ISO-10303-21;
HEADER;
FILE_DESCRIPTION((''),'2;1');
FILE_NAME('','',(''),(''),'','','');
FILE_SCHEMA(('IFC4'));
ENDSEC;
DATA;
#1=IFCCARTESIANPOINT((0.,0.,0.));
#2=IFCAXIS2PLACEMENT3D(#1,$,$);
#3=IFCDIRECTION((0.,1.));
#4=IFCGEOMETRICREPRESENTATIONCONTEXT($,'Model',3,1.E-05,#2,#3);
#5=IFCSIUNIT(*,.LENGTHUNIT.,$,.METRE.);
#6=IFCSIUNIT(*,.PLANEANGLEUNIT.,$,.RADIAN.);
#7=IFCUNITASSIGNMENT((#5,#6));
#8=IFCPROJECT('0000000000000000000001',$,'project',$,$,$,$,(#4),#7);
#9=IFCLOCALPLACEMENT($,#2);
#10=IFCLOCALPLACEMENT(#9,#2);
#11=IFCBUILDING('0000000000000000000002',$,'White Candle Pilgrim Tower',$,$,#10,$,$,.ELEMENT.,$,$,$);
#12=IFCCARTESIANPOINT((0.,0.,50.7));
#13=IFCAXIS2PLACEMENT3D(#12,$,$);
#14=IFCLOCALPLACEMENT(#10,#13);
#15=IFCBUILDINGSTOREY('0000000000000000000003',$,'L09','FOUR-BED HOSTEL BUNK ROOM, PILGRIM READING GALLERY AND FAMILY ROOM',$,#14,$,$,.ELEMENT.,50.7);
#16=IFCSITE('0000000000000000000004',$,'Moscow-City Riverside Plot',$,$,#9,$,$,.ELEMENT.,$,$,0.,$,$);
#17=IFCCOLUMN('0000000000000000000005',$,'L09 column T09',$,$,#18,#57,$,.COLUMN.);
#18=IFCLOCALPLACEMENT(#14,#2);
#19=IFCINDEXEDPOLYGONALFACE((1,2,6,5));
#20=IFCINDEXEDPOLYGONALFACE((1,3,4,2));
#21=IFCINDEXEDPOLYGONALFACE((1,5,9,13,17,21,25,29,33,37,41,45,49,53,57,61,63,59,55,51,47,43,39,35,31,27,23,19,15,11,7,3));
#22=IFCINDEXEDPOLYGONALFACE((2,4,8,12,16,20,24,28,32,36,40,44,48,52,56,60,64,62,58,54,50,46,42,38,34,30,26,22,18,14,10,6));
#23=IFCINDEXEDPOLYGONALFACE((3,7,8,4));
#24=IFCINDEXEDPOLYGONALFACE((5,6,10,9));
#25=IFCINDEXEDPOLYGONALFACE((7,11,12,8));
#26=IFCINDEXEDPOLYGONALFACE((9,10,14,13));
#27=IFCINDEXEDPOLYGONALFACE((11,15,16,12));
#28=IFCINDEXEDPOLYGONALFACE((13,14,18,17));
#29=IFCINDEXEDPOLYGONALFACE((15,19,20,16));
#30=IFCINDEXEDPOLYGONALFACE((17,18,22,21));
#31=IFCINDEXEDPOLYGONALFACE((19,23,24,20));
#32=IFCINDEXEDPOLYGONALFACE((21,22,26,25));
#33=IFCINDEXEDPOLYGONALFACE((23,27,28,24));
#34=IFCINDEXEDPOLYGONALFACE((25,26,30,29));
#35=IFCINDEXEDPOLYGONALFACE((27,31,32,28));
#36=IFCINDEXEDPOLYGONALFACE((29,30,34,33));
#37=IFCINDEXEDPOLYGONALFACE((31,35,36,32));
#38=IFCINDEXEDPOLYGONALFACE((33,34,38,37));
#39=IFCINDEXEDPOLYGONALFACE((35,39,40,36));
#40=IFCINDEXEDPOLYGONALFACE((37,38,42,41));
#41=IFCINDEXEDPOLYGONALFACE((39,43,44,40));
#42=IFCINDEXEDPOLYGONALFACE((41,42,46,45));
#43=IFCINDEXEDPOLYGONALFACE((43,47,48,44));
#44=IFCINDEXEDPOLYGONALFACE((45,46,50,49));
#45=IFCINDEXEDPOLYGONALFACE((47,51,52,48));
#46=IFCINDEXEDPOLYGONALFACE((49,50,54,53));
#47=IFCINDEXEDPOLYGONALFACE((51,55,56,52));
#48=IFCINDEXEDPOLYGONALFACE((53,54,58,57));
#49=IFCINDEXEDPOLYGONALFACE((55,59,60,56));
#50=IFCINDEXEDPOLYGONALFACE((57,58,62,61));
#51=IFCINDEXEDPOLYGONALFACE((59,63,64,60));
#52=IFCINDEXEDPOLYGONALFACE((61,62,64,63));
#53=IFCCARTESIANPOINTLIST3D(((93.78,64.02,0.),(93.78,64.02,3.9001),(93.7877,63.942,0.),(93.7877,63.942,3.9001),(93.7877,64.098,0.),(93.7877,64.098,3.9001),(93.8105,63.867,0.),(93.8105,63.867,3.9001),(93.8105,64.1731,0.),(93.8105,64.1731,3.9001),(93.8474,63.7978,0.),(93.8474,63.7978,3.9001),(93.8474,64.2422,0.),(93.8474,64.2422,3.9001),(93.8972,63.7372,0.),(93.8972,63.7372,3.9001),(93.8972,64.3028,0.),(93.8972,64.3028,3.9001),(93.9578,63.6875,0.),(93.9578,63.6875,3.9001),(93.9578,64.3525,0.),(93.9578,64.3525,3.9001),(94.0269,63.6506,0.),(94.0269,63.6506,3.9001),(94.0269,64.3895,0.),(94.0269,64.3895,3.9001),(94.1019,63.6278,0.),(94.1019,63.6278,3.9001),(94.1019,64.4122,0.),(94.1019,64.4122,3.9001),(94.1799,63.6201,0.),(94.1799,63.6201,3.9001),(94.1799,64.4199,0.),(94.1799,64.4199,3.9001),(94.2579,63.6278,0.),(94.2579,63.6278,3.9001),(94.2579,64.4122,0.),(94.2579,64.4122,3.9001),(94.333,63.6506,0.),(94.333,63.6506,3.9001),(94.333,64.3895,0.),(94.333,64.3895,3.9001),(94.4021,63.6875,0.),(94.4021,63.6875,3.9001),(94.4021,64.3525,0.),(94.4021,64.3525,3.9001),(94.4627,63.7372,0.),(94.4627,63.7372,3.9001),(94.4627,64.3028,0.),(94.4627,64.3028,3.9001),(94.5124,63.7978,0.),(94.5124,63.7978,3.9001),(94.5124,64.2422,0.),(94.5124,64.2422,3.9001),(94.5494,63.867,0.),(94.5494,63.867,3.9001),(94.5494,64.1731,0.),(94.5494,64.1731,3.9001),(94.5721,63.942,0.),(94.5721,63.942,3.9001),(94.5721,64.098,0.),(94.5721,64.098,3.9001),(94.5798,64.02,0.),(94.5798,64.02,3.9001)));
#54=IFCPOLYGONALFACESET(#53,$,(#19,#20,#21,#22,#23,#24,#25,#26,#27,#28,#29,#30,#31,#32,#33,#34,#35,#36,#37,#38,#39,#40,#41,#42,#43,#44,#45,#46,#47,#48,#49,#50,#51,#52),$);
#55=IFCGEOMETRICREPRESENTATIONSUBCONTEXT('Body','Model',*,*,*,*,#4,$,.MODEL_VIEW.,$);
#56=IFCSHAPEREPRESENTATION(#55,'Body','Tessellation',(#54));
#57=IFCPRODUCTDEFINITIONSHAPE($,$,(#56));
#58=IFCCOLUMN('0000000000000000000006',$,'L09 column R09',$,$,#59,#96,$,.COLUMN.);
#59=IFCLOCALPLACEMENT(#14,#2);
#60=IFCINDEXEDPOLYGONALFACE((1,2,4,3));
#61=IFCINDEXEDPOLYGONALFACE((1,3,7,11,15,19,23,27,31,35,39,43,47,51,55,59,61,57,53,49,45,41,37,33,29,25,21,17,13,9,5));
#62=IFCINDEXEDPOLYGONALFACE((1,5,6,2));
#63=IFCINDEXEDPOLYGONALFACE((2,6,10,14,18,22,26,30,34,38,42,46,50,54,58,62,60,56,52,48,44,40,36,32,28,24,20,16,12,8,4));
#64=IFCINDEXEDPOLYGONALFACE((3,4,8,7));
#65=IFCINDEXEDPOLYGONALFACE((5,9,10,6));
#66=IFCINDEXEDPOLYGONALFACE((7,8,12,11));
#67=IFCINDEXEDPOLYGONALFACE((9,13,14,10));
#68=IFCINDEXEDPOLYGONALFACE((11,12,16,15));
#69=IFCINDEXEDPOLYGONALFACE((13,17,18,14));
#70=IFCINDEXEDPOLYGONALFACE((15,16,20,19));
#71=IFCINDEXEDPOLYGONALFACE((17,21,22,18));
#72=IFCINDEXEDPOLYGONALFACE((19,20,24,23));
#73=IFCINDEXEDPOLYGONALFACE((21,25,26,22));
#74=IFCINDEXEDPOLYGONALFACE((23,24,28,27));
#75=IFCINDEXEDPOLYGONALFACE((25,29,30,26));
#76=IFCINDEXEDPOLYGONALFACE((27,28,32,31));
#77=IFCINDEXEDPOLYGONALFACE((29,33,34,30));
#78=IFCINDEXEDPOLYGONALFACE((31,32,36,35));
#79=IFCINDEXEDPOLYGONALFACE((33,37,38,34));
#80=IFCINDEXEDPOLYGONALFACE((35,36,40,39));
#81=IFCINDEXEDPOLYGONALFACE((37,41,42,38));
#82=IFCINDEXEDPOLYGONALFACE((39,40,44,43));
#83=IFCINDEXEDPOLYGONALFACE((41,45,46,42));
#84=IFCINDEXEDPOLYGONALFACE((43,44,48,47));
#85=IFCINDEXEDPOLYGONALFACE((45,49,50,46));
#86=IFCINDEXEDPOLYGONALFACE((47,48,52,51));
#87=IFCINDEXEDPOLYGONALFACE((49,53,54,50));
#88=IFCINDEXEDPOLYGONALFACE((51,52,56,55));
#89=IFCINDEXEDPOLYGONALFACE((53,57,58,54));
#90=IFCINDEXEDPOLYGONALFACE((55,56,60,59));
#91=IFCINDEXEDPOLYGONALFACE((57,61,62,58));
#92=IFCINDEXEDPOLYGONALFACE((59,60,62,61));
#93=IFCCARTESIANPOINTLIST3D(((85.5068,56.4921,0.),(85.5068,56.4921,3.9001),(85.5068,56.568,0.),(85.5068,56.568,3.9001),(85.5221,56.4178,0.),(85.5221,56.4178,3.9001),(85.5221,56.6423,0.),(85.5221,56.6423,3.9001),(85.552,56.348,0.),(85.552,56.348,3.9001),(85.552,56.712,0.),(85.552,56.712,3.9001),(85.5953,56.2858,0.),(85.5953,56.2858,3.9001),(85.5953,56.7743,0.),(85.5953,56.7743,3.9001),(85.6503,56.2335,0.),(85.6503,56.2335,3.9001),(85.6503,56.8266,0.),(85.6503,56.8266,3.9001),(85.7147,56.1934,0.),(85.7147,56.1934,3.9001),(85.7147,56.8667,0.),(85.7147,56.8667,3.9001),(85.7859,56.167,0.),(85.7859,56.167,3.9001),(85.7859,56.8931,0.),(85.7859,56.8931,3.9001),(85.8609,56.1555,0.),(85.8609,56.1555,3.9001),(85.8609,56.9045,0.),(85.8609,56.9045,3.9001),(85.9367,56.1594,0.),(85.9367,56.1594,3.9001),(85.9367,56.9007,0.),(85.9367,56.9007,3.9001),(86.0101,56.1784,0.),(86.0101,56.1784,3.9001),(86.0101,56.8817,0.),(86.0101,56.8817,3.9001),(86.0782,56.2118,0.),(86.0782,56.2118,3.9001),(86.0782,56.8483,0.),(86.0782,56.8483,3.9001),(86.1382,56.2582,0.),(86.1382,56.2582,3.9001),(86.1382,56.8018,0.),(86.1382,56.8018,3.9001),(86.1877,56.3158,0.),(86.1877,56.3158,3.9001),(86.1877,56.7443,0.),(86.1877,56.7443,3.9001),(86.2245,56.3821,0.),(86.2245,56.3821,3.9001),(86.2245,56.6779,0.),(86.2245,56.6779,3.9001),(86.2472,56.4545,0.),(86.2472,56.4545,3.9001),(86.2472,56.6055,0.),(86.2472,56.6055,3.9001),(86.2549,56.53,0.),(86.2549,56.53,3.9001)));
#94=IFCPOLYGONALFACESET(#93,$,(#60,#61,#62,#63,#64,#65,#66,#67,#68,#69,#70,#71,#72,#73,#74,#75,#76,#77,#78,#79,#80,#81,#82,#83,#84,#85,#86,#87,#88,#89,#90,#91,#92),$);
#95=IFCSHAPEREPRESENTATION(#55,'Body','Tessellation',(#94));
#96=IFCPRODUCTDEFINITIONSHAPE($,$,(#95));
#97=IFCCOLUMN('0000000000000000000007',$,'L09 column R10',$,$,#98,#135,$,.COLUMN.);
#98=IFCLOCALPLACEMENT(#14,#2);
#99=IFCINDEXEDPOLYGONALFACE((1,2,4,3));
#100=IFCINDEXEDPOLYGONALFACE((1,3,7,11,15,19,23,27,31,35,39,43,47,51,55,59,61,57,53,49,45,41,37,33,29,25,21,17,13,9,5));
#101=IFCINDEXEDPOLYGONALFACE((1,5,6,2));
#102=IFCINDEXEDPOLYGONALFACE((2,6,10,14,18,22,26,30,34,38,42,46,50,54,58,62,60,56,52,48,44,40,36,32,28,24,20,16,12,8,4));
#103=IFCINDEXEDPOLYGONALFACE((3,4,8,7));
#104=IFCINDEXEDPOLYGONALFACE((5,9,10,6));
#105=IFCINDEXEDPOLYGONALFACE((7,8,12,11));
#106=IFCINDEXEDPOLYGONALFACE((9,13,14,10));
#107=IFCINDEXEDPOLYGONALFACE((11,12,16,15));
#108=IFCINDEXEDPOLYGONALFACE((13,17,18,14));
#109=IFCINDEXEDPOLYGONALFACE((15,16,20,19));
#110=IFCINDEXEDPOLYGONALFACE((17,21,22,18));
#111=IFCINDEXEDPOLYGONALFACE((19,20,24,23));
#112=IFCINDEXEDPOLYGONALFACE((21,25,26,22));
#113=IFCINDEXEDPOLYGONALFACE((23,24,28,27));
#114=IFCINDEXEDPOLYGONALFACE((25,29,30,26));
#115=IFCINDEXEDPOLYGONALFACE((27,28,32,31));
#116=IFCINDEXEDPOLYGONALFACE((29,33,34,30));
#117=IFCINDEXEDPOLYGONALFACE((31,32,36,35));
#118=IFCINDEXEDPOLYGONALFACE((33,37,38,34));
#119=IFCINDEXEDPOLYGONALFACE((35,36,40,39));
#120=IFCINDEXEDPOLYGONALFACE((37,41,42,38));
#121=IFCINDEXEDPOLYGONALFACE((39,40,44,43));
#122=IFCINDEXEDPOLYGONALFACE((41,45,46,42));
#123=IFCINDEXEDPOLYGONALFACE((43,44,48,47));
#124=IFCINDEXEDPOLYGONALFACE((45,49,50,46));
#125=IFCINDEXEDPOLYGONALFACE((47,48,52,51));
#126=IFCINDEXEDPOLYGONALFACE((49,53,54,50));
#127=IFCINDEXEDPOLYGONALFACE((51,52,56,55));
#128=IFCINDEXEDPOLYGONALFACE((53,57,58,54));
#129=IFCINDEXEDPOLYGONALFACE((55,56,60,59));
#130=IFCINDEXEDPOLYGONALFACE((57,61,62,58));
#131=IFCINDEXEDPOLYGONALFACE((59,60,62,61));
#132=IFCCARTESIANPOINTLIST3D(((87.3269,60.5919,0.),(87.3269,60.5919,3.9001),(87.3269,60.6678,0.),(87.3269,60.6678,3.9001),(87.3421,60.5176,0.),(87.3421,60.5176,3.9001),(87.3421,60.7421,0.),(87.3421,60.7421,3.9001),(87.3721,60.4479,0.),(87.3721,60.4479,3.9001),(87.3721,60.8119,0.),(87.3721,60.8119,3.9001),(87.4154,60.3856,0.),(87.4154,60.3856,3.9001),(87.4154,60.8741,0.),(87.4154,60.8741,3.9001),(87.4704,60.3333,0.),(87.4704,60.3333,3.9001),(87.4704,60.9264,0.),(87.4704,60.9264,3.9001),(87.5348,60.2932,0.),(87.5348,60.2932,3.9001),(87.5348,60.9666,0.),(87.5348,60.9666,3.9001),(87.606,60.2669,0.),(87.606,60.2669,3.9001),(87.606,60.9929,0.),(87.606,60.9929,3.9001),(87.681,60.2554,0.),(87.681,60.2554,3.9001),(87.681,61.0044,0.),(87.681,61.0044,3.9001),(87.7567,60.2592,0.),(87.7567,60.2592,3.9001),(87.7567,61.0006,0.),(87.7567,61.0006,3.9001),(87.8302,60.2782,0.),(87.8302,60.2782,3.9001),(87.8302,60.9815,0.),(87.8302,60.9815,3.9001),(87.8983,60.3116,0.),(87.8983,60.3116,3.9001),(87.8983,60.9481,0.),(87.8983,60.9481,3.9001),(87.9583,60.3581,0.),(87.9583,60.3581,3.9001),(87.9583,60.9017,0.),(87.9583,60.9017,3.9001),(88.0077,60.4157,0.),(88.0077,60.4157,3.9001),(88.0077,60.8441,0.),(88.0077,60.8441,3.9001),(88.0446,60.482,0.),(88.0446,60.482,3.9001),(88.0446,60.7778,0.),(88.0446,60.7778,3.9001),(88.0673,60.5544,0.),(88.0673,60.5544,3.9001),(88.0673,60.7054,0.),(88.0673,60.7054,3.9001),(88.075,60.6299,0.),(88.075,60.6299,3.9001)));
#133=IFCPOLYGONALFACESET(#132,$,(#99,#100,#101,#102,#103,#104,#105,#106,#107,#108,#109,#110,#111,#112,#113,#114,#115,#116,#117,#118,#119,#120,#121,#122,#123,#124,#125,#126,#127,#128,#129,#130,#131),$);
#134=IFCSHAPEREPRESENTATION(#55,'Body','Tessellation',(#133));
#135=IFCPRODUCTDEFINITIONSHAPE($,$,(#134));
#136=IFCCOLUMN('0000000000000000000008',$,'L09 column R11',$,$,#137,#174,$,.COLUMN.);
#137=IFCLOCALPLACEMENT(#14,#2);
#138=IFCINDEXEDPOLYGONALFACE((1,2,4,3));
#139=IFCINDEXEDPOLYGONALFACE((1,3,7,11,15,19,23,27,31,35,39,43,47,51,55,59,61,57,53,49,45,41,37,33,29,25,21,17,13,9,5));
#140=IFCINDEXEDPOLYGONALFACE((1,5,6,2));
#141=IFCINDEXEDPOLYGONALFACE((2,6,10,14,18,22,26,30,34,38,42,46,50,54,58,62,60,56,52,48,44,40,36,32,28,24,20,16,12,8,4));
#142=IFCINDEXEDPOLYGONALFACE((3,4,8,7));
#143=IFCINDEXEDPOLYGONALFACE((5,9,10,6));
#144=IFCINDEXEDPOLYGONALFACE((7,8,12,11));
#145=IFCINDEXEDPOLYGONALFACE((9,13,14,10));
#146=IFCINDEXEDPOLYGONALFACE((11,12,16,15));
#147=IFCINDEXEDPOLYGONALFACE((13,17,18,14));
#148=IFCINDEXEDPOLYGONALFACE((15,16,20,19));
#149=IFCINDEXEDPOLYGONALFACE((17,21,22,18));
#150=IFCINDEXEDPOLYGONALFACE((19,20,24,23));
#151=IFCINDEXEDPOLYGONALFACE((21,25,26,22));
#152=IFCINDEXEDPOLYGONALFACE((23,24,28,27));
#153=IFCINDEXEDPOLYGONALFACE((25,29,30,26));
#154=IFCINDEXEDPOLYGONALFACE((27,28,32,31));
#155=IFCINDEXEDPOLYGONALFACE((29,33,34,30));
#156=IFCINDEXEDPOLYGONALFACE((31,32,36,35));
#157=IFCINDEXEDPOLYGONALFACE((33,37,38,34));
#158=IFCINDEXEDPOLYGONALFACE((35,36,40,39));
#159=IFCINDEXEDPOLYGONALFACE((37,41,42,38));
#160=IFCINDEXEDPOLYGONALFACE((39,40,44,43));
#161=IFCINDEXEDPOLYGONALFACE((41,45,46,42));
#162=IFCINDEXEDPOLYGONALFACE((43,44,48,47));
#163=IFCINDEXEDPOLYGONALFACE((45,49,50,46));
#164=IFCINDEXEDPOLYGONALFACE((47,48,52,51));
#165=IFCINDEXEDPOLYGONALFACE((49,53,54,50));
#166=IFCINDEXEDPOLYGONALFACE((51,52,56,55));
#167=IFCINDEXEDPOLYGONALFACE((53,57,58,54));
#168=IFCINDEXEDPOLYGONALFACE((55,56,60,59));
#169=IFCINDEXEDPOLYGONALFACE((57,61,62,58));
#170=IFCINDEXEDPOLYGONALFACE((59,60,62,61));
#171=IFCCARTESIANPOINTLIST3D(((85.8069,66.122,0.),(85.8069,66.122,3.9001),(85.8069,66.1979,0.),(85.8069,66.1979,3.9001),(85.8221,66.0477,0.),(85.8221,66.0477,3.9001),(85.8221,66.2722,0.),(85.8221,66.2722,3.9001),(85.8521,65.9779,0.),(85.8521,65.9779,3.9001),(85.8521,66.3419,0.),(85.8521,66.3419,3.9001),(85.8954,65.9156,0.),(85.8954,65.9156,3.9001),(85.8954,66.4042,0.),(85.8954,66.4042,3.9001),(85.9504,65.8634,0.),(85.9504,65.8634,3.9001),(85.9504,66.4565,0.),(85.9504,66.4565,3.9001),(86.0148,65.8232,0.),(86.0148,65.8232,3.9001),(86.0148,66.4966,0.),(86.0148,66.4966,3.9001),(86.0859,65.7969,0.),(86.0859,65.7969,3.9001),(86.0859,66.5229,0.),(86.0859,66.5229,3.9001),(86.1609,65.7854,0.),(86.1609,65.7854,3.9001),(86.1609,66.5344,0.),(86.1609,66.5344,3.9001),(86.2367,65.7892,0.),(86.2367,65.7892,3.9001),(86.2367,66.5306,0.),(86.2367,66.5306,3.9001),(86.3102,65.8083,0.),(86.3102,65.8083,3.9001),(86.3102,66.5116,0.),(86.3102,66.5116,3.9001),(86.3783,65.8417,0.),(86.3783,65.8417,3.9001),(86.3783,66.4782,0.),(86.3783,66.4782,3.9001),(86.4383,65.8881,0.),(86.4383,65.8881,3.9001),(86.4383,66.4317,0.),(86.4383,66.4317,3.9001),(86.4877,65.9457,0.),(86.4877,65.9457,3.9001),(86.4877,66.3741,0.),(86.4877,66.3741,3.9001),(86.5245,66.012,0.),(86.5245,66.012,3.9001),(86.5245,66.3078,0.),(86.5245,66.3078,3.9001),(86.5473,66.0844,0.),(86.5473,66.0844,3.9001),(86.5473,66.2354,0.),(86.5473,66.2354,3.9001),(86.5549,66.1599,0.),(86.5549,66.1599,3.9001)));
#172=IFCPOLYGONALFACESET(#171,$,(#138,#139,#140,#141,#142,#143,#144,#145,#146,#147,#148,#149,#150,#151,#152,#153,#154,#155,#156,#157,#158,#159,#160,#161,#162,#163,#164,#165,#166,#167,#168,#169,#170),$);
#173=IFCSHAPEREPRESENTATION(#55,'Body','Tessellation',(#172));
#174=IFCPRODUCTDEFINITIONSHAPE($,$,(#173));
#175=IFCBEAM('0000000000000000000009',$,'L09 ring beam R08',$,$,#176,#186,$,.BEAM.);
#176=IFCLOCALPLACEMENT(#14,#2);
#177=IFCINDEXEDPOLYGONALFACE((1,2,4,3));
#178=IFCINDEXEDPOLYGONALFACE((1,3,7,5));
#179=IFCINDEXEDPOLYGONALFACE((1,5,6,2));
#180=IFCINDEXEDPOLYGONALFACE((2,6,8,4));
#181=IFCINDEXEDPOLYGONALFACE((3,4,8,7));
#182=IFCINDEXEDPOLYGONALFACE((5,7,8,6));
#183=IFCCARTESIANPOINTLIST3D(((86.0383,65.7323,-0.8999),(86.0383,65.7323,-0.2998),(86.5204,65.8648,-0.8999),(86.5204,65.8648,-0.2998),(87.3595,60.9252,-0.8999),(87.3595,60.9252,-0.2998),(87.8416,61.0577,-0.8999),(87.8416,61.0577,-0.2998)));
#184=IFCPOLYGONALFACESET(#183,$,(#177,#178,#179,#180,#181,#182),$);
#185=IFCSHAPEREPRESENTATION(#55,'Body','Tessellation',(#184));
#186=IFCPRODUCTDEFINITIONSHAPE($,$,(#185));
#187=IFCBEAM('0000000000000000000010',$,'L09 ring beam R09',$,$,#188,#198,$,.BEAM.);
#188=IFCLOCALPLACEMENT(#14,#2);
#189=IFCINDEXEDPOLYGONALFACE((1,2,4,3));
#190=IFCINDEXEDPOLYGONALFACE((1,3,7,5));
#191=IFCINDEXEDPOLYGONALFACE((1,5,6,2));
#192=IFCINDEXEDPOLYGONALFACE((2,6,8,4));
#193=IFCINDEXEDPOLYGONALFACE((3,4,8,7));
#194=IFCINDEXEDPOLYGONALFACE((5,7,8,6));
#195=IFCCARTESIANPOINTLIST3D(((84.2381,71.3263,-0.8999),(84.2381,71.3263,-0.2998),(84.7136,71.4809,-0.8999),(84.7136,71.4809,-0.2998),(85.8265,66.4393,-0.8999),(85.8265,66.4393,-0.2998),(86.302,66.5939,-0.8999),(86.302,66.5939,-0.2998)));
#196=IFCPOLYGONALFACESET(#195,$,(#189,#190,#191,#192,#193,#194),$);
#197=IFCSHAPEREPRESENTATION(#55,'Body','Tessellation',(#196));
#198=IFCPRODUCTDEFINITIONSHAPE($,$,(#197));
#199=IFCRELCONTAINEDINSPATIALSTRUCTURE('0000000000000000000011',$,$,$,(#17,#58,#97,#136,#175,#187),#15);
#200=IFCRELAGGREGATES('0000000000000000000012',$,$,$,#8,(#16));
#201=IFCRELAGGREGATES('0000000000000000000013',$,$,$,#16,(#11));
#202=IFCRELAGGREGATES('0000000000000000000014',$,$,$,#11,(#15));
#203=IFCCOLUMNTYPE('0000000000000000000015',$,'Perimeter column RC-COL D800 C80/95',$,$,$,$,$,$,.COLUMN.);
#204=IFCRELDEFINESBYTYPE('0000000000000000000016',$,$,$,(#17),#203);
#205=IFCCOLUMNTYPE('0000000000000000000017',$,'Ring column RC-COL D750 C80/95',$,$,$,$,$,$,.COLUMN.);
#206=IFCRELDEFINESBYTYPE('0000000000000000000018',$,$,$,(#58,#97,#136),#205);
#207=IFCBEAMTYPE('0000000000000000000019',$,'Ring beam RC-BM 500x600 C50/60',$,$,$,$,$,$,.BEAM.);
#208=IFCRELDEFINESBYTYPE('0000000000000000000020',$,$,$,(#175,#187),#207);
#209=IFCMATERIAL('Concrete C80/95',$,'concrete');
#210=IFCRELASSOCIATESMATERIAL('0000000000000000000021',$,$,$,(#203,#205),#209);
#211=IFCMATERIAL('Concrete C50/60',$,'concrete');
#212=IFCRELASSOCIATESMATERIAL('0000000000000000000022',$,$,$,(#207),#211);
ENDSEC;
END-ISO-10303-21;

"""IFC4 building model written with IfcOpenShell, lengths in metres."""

from ifc_helpers import new_model, si_unit, direction, frame, origin, origin_2d, place, context, subcontext, project, spatial, rectangle, circle, extrude, material, material_profile, profile_set, type_object, element, save


model = new_model("IFC4")

# Units and contexts
model_context = context("Model", 3, precision=1e-05, world=origin(), true_north=direction((0.0, 1.0)))
body_context = subcontext(model_context, "Body", "Model", "MODEL_VIEW")
ifc_project = project(units=[si_unit("LENGTHUNIT", "METRE"), si_unit("PLANEANGLEUNIT", "RADIAN")], contexts=[model_context])

# Site, building, storey
site_placement = place(None, origin())
site = spatial("IfcSite", under=ifc_project, at=site_placement, Name="Moscow-City Riverside Plot", CompositionType="ELEMENT", RefElevation=0.0)
building_placement = place(site_placement, origin())
building = spatial("IfcBuilding", under=site, at=building_placement, Name="White Candle Pilgrim Tower", CompositionType="ELEMENT")
storey_placement = place(building_placement, frame((0.0, 0.0, 50.7)))
storey = spatial("IfcBuildingStorey", under=building, at=storey_placement, Name="L09", Description="FOUR-BED HOSTEL BUNK ROOM, PILGRIM READING GALLERY AND FAMILY ROOM", CompositionType="ELEMENT", Elevation=50.7)

# Columns
ifc_material_1 = material(Name="Concrete C80/95", Category="concrete")
ifc_material_profile_1 = material_profile(ifc_material_1, circle(Radius=0.3999, at=origin_2d()), Name="RC-COL D800")
ifc_profile_set_1 = profile_set([ifc_material_profile_1], Name="Concrete C80/95")
column_type_1 = type_object("IfcColumnType", Name="Perimeter column RC-COL D800 C80/95", PredefinedType="COLUMN", material=ifc_profile_set_1)
column_placement = place(storey_placement, frame((94.1799, 64.02, 0.0), z_axis=(0.0, 0.0, 1.0), x_axis=(1.0, 0.0, 0.0)))
element("IfcColumn", 1, at=column_placement, inside=storey, type_object=column_type_1, Name="L09 column T09", PredefinedType="COLUMN", context=body_context, shape_type="SweptSolid", body=[
    extrude(circle(Radius=0.3999, at=origin_2d()), origin(), (0.0, 0.0, 1.0), 3.9001),
])
ifc_material_profile_2 = material_profile(ifc_material_1, circle(Radius=0.375, at=origin_2d()), Name="RC-COL D750")
ifc_profile_set_2 = profile_set([ifc_material_profile_2], Name="Concrete C80/95")
column_type_2 = type_object("IfcColumnType", Name="Ring column RC-COL D750 C80/95", PredefinedType="COLUMN", material=ifc_profile_set_2)
for number, where, z_axis, x_axis, name in (
    (2, (85.8799, 56.53, 0.0), (0.0, 0.0, 1.0), (1.0, 0.0, 0.0), "L09 column R09"),
    (3, (87.7, 60.6299, 0.0), (0.0, 0.0, 1.0), (1.0, 0.0, 0.0), "L09 column R10"),
    (4, (86.1799, 66.1599, 0.0), (0.0, 0.0, 1.0), (1.0, 0.0, 0.0), "L09 column R11"),
):
    element("IfcColumn", number, at=place(storey_placement, frame(where, z_axis=z_axis, x_axis=x_axis)), inside=storey, type_object=column_type_2, Name=name, PredefinedType="COLUMN", context=body_context, shape_type="SweptSolid", body=[
        extrude(circle(Radius=0.375, at=origin_2d()), origin(), (0.0, 0.0, 1.0), 3.9001),
    ])

# Beams
ifc_material_2 = material(Name="Concrete C50/60", Category="concrete")
ifc_material_profile_3 = material_profile(ifc_material_2, rectangle(XDim=0.5, YDim=0.6001, at=origin_2d()), Name="RC-BM 500x600")
ifc_profile_set_3 = profile_set([ifc_material_profile_3], Name="Concrete C50/60")
beam_type_1 = type_object("IfcBeamType", Name="Ring beam RC-BM 500x600 C50/60", PredefinedType="BEAM", material=ifc_profile_set_3)
beam_1_placement = place(storey_placement, frame((87.6006, 60.9915, -0.5999), z_axis=(-0.265031, 0.96424, 0.0), x_axis=(-0.96424, -0.265031, 0.0)))
element("IfcBeam", 5, at=beam_1_placement, inside=storey, type_object=beam_type_1, Name="L09 ring beam R08", PredefinedType="BEAM", context=body_context, shape_type="SweptSolid", body=[
    extrude(rectangle(XDim=0.5, YDim=0.6001, at=origin_2d()), origin(), (0.0, 0.0, 1.0), 4.9854),
])
beam_2_placement = place(storey_placement, frame((86.0642, 66.5166, -0.5999), z_axis=(-0.309106, 0.951027, 0.0), x_axis=(-0.951027, -0.309106, 0.0)))
element("IfcBeam", 6, at=beam_2_placement, inside=storey, type_object=beam_type_1, Name="L09 ring beam R09", PredefinedType="BEAM", context=body_context, shape_type="SweptSolid", body=[
    extrude(rectangle(XDim=0.5, YDim=0.6001, at=origin_2d()), origin(), (0.0, 0.0, 1.0), 5.1387),
])

save(model, "model.ifc")
